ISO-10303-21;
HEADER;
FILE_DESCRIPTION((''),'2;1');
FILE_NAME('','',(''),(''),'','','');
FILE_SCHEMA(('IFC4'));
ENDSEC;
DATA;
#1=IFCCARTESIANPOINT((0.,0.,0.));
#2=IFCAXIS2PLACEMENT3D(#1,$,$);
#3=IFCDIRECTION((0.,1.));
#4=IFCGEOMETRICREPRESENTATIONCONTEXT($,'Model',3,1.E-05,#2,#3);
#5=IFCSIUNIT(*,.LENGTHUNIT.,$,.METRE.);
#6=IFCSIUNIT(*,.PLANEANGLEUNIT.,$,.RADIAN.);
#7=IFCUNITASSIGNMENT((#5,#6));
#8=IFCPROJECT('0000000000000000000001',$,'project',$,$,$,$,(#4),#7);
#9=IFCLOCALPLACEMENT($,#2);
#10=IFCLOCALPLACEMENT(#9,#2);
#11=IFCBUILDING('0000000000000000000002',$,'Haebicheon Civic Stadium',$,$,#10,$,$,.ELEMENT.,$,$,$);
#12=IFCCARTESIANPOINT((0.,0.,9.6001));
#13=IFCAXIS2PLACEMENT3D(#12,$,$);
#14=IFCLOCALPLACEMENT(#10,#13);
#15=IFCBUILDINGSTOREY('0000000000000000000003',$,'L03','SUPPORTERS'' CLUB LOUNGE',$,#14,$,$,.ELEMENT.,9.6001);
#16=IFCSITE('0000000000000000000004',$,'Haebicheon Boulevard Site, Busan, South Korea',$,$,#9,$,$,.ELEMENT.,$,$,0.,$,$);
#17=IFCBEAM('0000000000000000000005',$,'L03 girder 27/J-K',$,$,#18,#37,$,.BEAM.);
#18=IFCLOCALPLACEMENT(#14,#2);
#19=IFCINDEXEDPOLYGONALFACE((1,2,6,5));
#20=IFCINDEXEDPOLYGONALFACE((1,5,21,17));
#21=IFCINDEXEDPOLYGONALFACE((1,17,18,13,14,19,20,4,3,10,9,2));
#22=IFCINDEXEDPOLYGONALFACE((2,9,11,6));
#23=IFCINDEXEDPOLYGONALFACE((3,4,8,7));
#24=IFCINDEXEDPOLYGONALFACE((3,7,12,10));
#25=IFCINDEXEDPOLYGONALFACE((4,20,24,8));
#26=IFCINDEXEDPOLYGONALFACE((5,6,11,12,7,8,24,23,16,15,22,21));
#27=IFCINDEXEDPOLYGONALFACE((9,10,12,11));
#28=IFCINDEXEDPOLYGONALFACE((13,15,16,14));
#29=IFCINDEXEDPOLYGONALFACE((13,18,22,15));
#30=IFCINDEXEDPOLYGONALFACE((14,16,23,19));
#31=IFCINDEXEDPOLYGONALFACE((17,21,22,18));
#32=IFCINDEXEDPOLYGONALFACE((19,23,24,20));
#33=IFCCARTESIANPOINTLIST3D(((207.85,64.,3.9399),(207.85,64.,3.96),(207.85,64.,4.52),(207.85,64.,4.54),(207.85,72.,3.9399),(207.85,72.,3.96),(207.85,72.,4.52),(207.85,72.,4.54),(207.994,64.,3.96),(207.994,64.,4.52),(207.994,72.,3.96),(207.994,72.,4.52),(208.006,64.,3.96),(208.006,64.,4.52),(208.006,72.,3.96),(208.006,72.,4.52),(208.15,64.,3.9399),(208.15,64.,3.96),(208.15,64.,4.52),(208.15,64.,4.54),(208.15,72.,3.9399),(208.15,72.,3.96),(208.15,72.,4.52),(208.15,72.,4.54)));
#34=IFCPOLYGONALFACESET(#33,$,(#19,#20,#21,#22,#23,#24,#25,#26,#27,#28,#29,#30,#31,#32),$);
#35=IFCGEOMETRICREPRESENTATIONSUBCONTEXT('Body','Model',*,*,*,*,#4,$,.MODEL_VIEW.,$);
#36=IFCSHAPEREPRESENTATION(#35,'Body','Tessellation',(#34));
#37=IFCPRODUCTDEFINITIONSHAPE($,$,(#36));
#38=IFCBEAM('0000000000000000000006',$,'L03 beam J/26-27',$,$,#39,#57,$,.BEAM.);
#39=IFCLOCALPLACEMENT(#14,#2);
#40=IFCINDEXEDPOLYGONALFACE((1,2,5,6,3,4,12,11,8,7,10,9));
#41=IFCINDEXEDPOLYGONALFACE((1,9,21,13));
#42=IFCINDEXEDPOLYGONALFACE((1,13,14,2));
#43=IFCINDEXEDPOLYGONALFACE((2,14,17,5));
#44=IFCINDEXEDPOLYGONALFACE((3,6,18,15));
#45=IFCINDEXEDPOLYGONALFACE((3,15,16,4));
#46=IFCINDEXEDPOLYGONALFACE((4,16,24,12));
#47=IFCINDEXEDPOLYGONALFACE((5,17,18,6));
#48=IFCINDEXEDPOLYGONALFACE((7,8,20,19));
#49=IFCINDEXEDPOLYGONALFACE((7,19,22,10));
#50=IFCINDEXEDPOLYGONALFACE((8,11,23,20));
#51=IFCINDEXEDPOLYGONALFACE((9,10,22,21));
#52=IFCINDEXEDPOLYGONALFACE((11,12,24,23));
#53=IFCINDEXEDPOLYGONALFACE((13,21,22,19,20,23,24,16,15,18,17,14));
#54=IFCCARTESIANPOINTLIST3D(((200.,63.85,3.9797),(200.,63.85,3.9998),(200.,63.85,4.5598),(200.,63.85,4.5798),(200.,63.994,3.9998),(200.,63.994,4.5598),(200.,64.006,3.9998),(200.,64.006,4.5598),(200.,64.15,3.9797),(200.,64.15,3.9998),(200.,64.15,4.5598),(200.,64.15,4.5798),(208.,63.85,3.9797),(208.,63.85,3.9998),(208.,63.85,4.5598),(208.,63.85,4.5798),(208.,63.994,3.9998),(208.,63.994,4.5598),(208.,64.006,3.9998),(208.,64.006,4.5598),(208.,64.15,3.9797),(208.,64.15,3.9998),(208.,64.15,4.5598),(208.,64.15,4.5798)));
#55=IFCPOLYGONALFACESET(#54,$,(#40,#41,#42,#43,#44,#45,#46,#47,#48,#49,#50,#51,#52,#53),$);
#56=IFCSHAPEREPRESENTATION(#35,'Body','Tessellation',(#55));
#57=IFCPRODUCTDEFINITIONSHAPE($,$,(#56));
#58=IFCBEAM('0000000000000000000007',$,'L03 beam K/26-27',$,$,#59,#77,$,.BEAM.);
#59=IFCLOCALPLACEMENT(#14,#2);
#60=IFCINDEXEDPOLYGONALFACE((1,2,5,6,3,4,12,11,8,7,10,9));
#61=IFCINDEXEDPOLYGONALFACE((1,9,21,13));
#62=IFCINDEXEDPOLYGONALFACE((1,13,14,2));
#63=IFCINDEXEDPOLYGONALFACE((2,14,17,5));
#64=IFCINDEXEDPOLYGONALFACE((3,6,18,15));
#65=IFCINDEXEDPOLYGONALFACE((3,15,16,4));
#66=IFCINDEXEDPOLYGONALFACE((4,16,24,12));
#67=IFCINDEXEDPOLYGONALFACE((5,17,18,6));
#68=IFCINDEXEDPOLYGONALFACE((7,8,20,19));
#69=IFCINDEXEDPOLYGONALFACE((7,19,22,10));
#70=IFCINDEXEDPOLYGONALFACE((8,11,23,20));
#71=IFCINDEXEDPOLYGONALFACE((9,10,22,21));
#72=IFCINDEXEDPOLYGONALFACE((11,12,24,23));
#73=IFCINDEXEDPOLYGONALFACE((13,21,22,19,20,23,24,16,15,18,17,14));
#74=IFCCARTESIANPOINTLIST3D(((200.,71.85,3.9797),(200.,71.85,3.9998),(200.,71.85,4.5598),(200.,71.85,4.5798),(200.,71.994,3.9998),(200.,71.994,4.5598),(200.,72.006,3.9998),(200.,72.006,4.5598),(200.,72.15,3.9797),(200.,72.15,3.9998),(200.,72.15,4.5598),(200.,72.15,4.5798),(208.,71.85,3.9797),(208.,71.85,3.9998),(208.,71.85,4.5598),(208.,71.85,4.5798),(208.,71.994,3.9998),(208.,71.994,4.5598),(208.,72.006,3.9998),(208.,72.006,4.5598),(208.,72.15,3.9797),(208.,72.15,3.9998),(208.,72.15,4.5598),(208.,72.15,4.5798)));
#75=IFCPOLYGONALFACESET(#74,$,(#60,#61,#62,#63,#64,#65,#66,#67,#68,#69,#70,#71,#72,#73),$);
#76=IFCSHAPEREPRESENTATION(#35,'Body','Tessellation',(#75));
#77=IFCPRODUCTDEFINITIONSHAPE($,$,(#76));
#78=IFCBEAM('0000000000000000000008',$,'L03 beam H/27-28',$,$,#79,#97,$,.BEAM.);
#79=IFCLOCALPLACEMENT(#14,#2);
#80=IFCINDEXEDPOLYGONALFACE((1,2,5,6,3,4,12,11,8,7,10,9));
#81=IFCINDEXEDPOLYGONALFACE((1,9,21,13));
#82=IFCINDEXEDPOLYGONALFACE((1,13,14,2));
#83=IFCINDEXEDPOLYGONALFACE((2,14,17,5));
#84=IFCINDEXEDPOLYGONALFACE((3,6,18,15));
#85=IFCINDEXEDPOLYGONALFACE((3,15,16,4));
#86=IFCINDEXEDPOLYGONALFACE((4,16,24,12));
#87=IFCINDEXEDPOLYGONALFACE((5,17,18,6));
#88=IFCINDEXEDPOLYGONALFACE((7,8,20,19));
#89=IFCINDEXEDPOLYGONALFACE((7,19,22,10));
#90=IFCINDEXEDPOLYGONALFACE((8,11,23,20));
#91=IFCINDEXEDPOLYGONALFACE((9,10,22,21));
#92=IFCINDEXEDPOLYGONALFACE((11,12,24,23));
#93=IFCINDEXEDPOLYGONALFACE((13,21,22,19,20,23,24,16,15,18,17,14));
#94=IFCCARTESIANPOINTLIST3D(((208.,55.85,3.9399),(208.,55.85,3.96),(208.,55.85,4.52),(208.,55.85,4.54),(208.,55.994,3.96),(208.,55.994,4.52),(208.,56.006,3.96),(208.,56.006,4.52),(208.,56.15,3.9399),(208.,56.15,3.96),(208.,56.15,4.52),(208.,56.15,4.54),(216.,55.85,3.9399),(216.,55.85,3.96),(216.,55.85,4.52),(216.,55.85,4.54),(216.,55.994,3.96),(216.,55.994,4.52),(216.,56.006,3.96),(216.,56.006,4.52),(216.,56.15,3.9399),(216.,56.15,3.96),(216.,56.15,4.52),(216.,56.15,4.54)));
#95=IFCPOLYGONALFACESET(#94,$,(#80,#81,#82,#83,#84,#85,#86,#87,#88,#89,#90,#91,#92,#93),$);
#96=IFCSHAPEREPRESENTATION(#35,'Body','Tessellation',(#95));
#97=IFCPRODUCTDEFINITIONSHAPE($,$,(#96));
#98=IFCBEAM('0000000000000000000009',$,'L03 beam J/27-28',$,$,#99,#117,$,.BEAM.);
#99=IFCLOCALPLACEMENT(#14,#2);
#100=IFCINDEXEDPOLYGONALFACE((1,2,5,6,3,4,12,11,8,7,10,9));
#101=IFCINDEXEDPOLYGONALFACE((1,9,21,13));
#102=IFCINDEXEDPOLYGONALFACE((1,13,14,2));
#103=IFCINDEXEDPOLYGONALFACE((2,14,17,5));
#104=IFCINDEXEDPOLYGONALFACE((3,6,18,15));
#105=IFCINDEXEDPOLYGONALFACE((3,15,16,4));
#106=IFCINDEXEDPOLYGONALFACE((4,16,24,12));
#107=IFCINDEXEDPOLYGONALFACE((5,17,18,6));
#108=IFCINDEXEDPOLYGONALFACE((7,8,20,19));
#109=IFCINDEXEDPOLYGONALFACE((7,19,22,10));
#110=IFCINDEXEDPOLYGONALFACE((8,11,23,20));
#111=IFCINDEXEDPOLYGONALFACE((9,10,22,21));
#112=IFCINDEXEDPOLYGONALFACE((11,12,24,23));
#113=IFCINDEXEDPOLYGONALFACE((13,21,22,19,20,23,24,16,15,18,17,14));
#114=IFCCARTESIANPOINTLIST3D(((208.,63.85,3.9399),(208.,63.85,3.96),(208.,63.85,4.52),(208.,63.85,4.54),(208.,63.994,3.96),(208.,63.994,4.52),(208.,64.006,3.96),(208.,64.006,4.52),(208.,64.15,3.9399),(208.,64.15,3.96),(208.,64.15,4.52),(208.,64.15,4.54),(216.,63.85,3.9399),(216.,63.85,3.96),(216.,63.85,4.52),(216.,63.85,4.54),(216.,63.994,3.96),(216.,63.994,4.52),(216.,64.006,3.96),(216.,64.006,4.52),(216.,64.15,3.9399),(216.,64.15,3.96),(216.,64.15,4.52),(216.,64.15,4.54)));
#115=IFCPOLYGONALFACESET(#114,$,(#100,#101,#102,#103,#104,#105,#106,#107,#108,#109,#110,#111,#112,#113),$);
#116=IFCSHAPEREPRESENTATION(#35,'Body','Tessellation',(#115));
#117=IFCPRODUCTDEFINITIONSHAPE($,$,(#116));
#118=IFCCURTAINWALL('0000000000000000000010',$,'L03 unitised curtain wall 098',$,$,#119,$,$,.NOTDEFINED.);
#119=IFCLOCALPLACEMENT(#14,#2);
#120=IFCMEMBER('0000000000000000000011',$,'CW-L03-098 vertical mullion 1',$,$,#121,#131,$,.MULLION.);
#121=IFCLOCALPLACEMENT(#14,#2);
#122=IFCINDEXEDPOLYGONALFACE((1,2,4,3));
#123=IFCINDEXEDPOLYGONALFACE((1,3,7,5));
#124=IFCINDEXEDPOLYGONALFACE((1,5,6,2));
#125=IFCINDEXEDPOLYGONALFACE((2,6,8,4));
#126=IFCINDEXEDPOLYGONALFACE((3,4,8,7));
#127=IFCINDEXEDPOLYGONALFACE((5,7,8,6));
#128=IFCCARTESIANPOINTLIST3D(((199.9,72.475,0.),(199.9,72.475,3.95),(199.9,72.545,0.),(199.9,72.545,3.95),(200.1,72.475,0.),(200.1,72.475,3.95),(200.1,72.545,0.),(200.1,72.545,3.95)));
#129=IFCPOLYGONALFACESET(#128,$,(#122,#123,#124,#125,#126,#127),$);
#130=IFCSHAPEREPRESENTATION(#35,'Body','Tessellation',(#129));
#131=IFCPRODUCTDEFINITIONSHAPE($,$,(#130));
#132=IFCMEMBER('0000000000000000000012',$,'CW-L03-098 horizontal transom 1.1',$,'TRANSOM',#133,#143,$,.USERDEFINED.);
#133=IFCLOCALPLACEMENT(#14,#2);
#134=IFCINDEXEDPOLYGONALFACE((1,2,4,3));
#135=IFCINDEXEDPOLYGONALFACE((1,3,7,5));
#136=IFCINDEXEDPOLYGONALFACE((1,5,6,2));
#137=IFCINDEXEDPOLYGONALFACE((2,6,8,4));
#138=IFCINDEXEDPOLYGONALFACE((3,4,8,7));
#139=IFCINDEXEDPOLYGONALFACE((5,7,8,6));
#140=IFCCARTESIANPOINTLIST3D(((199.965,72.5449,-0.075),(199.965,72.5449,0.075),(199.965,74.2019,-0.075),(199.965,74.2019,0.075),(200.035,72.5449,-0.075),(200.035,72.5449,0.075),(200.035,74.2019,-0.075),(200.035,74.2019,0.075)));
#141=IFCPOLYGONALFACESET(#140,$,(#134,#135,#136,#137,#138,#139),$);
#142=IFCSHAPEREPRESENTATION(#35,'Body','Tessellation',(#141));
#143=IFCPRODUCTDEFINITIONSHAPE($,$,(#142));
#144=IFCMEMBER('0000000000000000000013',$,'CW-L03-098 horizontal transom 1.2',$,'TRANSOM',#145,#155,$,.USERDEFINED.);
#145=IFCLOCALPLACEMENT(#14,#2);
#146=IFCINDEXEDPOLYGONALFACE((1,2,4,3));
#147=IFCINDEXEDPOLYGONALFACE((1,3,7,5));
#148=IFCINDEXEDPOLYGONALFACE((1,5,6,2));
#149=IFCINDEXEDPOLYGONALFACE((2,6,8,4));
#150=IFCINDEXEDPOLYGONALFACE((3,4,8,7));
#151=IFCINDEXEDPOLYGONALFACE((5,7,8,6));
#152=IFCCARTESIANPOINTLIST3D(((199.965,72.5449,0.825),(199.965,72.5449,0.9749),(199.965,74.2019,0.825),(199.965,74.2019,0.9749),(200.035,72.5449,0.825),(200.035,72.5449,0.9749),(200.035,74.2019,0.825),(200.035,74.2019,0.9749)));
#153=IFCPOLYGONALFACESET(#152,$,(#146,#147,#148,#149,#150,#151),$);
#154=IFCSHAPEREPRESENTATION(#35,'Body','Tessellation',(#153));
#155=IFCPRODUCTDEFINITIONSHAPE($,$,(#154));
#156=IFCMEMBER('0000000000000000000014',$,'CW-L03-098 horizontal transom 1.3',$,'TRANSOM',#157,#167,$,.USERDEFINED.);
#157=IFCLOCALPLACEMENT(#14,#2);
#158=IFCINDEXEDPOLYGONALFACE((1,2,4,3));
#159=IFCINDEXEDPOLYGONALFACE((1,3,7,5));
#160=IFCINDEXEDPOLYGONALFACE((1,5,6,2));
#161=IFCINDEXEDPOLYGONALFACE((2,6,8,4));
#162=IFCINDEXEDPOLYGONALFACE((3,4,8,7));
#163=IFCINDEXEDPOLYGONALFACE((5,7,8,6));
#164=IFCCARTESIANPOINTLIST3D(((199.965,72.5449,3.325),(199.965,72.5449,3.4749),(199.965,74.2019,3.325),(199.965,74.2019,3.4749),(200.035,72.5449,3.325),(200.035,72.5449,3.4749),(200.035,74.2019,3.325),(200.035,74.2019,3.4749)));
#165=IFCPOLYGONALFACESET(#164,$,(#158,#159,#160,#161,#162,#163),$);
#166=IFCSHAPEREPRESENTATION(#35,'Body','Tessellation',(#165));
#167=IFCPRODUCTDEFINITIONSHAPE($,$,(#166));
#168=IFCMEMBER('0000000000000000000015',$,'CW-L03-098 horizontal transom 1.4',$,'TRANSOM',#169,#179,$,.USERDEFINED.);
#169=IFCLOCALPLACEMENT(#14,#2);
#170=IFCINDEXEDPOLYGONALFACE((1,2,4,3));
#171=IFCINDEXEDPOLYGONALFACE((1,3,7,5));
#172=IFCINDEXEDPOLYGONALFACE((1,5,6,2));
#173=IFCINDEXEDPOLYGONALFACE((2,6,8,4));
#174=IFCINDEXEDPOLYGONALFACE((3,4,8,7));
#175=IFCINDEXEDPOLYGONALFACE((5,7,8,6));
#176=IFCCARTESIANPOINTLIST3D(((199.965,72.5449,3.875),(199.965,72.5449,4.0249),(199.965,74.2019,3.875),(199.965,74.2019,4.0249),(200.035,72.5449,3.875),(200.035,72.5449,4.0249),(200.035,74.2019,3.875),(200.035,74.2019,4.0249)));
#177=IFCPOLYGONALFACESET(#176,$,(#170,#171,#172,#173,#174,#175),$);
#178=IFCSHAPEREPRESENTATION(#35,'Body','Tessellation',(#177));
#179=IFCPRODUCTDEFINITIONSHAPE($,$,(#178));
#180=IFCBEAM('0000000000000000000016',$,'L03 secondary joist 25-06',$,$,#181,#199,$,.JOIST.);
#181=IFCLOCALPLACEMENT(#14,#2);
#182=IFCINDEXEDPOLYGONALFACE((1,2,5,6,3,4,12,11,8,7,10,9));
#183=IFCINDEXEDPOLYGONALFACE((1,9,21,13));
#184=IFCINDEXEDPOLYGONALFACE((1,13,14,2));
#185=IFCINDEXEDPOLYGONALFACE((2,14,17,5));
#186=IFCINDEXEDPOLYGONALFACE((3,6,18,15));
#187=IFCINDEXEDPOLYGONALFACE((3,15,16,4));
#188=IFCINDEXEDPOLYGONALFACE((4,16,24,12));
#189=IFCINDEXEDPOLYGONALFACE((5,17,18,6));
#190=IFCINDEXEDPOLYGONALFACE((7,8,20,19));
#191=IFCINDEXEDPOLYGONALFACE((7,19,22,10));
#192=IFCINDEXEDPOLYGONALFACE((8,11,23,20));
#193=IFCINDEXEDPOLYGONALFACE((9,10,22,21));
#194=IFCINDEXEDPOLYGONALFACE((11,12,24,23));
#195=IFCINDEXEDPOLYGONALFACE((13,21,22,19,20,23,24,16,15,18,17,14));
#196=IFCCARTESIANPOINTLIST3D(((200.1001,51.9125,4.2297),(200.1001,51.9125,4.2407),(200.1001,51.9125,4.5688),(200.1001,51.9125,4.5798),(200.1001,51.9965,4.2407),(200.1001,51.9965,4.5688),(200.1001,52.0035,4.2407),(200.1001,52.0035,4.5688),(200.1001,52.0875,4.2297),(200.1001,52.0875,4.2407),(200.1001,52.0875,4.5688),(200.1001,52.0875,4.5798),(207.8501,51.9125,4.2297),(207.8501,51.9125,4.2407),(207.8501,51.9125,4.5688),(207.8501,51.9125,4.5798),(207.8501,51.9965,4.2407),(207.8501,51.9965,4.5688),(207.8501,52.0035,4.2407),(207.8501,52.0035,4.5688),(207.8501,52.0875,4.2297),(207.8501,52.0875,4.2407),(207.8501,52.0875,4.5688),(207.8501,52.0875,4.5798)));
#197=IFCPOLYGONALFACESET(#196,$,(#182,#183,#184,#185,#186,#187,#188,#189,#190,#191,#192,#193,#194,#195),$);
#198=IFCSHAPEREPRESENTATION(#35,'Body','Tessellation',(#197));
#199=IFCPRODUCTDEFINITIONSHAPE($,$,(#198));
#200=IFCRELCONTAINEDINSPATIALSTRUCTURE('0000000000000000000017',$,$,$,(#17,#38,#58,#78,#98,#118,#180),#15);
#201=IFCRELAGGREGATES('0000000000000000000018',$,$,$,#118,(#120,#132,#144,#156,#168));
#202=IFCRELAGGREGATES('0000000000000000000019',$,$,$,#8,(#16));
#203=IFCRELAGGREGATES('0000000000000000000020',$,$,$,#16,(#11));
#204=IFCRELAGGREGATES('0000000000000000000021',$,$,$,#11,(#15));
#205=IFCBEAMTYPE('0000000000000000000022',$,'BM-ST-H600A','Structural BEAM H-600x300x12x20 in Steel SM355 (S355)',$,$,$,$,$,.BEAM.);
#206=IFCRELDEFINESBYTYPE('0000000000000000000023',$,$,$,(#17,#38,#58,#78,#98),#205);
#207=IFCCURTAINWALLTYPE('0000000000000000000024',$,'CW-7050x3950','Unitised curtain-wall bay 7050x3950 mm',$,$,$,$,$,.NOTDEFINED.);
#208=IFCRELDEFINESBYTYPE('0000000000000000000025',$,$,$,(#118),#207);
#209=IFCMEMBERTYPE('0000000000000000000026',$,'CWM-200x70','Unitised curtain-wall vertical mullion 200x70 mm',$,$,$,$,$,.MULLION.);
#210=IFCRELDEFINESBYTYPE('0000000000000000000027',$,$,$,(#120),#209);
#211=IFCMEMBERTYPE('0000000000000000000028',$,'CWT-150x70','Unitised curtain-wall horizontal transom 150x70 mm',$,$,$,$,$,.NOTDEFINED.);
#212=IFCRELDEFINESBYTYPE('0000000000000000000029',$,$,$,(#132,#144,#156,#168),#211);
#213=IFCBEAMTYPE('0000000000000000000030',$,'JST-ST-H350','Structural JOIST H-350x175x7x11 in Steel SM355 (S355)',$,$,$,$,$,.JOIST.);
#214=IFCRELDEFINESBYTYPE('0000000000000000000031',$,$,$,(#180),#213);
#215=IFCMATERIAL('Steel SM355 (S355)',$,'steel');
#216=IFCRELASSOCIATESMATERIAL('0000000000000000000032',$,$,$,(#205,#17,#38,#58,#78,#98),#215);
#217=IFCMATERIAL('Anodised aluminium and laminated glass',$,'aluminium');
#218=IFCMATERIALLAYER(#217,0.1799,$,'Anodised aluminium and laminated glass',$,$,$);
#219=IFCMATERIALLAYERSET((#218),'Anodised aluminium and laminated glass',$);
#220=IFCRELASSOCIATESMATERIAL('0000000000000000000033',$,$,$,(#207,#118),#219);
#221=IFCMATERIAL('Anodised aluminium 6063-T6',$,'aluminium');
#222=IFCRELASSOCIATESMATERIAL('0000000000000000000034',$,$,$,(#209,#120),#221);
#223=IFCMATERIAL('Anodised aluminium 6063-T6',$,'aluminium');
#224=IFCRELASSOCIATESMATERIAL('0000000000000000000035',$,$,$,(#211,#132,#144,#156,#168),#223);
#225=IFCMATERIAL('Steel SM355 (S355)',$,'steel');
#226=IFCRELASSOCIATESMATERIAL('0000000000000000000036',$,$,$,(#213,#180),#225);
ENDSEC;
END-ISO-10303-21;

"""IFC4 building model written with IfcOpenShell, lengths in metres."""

from ifc_helpers import new_model, si_unit, direction, frame, origin, origin_2d, place, context, subcontext, project, spatial, rectangle, i_section, extrude, material, layer, layer_set, material_profile, profile_set, type_object, element, aggregate, save


model = new_model("IFC4")

# Units and contexts
model_context = context("Model", 3, precision=1e-05, world=origin(), true_north=direction((0.0, 1.0)))
body_context = subcontext(model_context, "Body", "Model", "MODEL_VIEW")
ifc_project = project(units=[si_unit("LENGTHUNIT", "METRE"), si_unit("PLANEANGLEUNIT", "RADIAN")], contexts=[model_context])

# Site, building, storey
site_placement = place(None, origin())
site = spatial("IfcSite", under=ifc_project, at=site_placement, Name="Haebicheon Boulevard Site, Busan, South Korea", CompositionType="ELEMENT", RefElevation=0.0)
building_placement = place(site_placement, origin())
building = spatial("IfcBuilding", under=site, at=building_placement, Name="Haebicheon Civic Stadium", CompositionType="ELEMENT")
storey_placement = place(building_placement, frame((0.0, 0.0, 9.6001)))
storey = spatial("IfcBuildingStorey", under=building, at=storey_placement, Name="L03", Description="SUPPORTERS' CLUB LOUNGE", CompositionType="ELEMENT", Elevation=9.6001)

# Beams
ifc_material_1 = material(Name="Steel SM355 (S355)", Category="steel")
ifc_material_profile_1 = material_profile(ifc_material_1, i_section(OverallWidth=0.3, OverallDepth=0.6001, WebThickness=0.012, FlangeThickness=0.02, at=origin_2d()), Name="H-600x300x12x20")
ifc_profile_set_1 = profile_set([ifc_material_profile_1], Name="Steel SM355 (S355)")
beam_type_1 = type_object("IfcBeamType", Name="BM-ST-H600A", Description="Structural BEAM H-600x300x12x20 in Steel SM355 (S355)", PredefinedType="BEAM", material=ifc_profile_set_1)
for number, where, z_axis, x_axis, name in (
    (1, (208.0, 64.0, 4.24), (0.0, 1.0, 0.0), (-1.0, 0.0, 0.0), "L03 girder 27/J-K"),
    (2, (200.0, 64.0, 4.2798), (1.0, 0.0, 0.0), (0.0, 1.0, 0.0), "L03 beam J/26-27"),
    (3, (200.0, 72.0, 4.2798), (1.0, 0.0, 0.0), (0.0, 1.0, 0.0), "L03 beam K/26-27"),
    (4, (208.0, 56.0, 4.24), (1.0, 0.0, 0.0), (0.0, 1.0, 0.0), "L03 beam H/27-28"),
    (5, (208.0, 64.0, 4.24), (1.0, 0.0, 0.0), (0.0, 1.0, 0.0), "L03 beam J/27-28"),
):
    element("IfcBeam", number, at=place(storey_placement, frame(where, z_axis=z_axis, x_axis=x_axis)), inside=storey, type_object=beam_type_1, material=ifc_profile_set_1, Name=name, PredefinedType="BEAM", context=body_context, shape_type="SweptSolid", body=[
        extrude(i_section(OverallWidth=0.3, OverallDepth=0.6001, WebThickness=0.012, FlangeThickness=0.02, at=origin_2d()), origin(), (0.0, 0.0, 1.0), 8.0),
    ])

# Curtain wall, members
ifc_material_2 = material(Name="Anodised aluminium and laminated glass", Category="aluminium")
ifc_layer_1 = layer(ifc_material_2, 0.1799, Name="Anodised aluminium and laminated glass")
ifc_layer_set_1 = layer_set([ifc_layer_1], Name="Anodised aluminium and laminated glass")
curtain_wall_type = type_object("IfcCurtainWallType", Name="CW-7050x3950", Description="Unitised curtain-wall bay 7050x3950 mm", PredefinedType="NOTDEFINED", material=ifc_layer_set_1)
curtain_wall_placement = place(storey_placement, origin())
curtain_wall = element("IfcCurtainWall", 6, at=curtain_wall_placement, inside=storey, type_object=curtain_wall_type, material=ifc_layer_set_1, Name="L03 unitised curtain wall 098", PredefinedType="NOTDEFINED")
ifc_material_3 = material(Name="Anodised aluminium 6063-T6", Category="aluminium")
ifc_material_profile_2 = material_profile(ifc_material_3, rectangle(XDim=0.0701, YDim=0.2, at=origin_2d()), Name="ALU-MULL-70x200")
ifc_profile_set_2 = profile_set([ifc_material_profile_2], Name="Anodised aluminium 6063-T6")
member_type_1 = type_object("IfcMemberType", Name="CWM-200x70", Description="Unitised curtain-wall vertical mullion 200x70 mm", PredefinedType="MULLION", material=ifc_profile_set_2)
member_1_placement = place(storey_placement, frame((200.0, 72.51, 0.0), z_axis=(0.0, 0.0, 1.0), x_axis=(0.0, 1.0, 0.0)))
member_1 = element("IfcMember", 7, at=member_1_placement, type_object=member_type_1, material=ifc_profile_set_2, Name="CW-L03-098 vertical mullion 1", PredefinedType="MULLION", context=body_context, shape_type="SweptSolid", body=[
    extrude(rectangle(XDim=0.0701, YDim=0.2, at=origin_2d()), origin(), (0.0, 0.0, 1.0), 3.95),
])
ifc_material_4 = material(Name="Anodised aluminium 6063-T6", Category="aluminium")
ifc_material_profile_3 = material_profile(ifc_material_4, rectangle(XDim=0.0701, YDim=0.1499, at=origin_2d()), Name="ALU-TRAN-70x150")
ifc_profile_set_3 = profile_set([ifc_material_profile_3], Name="Anodised aluminium 6063-T6")
member_type_2 = type_object("IfcMemberType", Name="CWT-150x70", Description="Unitised curtain-wall horizontal transom 150x70 mm", PredefinedType="NOTDEFINED", material=ifc_profile_set_3)
member_2_placement = place(storey_placement, frame((200.0, 72.5449, 0.0), z_axis=(0.0, 1.0, 0.0), x_axis=(-1.0, 0.0, 0.0)))
member_2 = element("IfcMember", 8, at=member_2_placement, type_object=member_type_2, material=ifc_profile_set_3, Name="CW-L03-098 horizontal transom 1.1", ObjectType="TRANSOM", PredefinedType="USERDEFINED", context=body_context, shape_type="SweptSolid", body=[
    extrude(rectangle(XDim=0.0701, YDim=0.1499, at=origin_2d()), origin(), (0.0, 0.0, 1.0), 1.657),
])
member_3_placement = place(storey_placement, frame((200.0, 72.5449, 0.8999), z_axis=(0.0, 1.0, 0.0), x_axis=(-1.0, 0.0, 0.0)))
member_3 = element("IfcMember", 9, at=member_3_placement, type_object=member_type_2, material=ifc_profile_set_3, Name="CW-L03-098 horizontal transom 1.2", ObjectType="TRANSOM", PredefinedType="USERDEFINED", context=body_context, shape_type="SweptSolid", body=[
    extrude(rectangle(XDim=0.0701, YDim=0.1499, at=origin_2d()), origin(), (0.0, 0.0, 1.0), 1.657),
])
member_4_placement = place(storey_placement, frame((200.0, 72.5449, 3.3999), z_axis=(0.0, 1.0, 0.0), x_axis=(-1.0, 0.0, 0.0)))
member_4 = element("IfcMember", 10, at=member_4_placement, type_object=member_type_2, material=ifc_profile_set_3, Name="CW-L03-098 horizontal transom 1.3", ObjectType="TRANSOM", PredefinedType="USERDEFINED", context=body_context, shape_type="SweptSolid", body=[
    extrude(rectangle(XDim=0.0701, YDim=0.1499, at=origin_2d()), origin(), (0.0, 0.0, 1.0), 1.657),
])
member_5_placement = place(storey_placement, frame((200.0, 72.5449, 3.95), z_axis=(0.0, 1.0, 0.0), x_axis=(-1.0, 0.0, 0.0)))
member_5 = element("IfcMember", 11, at=member_5_placement, type_object=member_type_2, material=ifc_profile_set_3, Name="CW-L03-098 horizontal transom 1.4", ObjectType="TRANSOM", PredefinedType="USERDEFINED", context=body_context, shape_type="SweptSolid", body=[
    extrude(rectangle(XDim=0.0701, YDim=0.1499, at=origin_2d()), origin(), (0.0, 0.0, 1.0), 1.657),
])

# Beam
ifc_material_5 = material(Name="Steel SM355 (S355)", Category="steel")
ifc_material_profile_4 = material_profile(ifc_material_5, i_section(OverallWidth=0.175, OverallDepth=0.3501, WebThickness=0.0071, FlangeThickness=0.011, at=origin_2d()), Name="H-350x175x7x11")
ifc_profile_set_4 = profile_set([ifc_material_profile_4], Name="Steel SM355 (S355)")
beam_type_2 = type_object("IfcBeamType", Name="JST-ST-H350", Description="Structural JOIST H-350x175x7x11 in Steel SM355 (S355)", PredefinedType="JOIST", material=ifc_profile_set_4)
for number, where, z_axis, x_axis, name in (
    (12, (200.1001, 52.0, 4.4048), (1.0, 0.0, 0.0), (0.0, 1.0, 0.0), "L03 secondary joist 25-06"),
):
    element("IfcBeam", number, at=place(storey_placement, frame(where, z_axis=z_axis, x_axis=x_axis)), inside=storey, type_object=beam_type_2, material=ifc_profile_set_4, Name=name, PredefinedType="JOIST", context=body_context, shape_type="SweptSolid", body=[
        extrude(i_section(OverallWidth=0.175, OverallDepth=0.3501, WebThickness=0.0071, FlangeThickness=0.011, at=origin_2d()), origin(), (0.0, 0.0, 1.0), 7.75),
    ])

aggregate(curtain_wall, [member_1, member_2, member_3, member_4, member_5])

save(model, "model.ifc")
